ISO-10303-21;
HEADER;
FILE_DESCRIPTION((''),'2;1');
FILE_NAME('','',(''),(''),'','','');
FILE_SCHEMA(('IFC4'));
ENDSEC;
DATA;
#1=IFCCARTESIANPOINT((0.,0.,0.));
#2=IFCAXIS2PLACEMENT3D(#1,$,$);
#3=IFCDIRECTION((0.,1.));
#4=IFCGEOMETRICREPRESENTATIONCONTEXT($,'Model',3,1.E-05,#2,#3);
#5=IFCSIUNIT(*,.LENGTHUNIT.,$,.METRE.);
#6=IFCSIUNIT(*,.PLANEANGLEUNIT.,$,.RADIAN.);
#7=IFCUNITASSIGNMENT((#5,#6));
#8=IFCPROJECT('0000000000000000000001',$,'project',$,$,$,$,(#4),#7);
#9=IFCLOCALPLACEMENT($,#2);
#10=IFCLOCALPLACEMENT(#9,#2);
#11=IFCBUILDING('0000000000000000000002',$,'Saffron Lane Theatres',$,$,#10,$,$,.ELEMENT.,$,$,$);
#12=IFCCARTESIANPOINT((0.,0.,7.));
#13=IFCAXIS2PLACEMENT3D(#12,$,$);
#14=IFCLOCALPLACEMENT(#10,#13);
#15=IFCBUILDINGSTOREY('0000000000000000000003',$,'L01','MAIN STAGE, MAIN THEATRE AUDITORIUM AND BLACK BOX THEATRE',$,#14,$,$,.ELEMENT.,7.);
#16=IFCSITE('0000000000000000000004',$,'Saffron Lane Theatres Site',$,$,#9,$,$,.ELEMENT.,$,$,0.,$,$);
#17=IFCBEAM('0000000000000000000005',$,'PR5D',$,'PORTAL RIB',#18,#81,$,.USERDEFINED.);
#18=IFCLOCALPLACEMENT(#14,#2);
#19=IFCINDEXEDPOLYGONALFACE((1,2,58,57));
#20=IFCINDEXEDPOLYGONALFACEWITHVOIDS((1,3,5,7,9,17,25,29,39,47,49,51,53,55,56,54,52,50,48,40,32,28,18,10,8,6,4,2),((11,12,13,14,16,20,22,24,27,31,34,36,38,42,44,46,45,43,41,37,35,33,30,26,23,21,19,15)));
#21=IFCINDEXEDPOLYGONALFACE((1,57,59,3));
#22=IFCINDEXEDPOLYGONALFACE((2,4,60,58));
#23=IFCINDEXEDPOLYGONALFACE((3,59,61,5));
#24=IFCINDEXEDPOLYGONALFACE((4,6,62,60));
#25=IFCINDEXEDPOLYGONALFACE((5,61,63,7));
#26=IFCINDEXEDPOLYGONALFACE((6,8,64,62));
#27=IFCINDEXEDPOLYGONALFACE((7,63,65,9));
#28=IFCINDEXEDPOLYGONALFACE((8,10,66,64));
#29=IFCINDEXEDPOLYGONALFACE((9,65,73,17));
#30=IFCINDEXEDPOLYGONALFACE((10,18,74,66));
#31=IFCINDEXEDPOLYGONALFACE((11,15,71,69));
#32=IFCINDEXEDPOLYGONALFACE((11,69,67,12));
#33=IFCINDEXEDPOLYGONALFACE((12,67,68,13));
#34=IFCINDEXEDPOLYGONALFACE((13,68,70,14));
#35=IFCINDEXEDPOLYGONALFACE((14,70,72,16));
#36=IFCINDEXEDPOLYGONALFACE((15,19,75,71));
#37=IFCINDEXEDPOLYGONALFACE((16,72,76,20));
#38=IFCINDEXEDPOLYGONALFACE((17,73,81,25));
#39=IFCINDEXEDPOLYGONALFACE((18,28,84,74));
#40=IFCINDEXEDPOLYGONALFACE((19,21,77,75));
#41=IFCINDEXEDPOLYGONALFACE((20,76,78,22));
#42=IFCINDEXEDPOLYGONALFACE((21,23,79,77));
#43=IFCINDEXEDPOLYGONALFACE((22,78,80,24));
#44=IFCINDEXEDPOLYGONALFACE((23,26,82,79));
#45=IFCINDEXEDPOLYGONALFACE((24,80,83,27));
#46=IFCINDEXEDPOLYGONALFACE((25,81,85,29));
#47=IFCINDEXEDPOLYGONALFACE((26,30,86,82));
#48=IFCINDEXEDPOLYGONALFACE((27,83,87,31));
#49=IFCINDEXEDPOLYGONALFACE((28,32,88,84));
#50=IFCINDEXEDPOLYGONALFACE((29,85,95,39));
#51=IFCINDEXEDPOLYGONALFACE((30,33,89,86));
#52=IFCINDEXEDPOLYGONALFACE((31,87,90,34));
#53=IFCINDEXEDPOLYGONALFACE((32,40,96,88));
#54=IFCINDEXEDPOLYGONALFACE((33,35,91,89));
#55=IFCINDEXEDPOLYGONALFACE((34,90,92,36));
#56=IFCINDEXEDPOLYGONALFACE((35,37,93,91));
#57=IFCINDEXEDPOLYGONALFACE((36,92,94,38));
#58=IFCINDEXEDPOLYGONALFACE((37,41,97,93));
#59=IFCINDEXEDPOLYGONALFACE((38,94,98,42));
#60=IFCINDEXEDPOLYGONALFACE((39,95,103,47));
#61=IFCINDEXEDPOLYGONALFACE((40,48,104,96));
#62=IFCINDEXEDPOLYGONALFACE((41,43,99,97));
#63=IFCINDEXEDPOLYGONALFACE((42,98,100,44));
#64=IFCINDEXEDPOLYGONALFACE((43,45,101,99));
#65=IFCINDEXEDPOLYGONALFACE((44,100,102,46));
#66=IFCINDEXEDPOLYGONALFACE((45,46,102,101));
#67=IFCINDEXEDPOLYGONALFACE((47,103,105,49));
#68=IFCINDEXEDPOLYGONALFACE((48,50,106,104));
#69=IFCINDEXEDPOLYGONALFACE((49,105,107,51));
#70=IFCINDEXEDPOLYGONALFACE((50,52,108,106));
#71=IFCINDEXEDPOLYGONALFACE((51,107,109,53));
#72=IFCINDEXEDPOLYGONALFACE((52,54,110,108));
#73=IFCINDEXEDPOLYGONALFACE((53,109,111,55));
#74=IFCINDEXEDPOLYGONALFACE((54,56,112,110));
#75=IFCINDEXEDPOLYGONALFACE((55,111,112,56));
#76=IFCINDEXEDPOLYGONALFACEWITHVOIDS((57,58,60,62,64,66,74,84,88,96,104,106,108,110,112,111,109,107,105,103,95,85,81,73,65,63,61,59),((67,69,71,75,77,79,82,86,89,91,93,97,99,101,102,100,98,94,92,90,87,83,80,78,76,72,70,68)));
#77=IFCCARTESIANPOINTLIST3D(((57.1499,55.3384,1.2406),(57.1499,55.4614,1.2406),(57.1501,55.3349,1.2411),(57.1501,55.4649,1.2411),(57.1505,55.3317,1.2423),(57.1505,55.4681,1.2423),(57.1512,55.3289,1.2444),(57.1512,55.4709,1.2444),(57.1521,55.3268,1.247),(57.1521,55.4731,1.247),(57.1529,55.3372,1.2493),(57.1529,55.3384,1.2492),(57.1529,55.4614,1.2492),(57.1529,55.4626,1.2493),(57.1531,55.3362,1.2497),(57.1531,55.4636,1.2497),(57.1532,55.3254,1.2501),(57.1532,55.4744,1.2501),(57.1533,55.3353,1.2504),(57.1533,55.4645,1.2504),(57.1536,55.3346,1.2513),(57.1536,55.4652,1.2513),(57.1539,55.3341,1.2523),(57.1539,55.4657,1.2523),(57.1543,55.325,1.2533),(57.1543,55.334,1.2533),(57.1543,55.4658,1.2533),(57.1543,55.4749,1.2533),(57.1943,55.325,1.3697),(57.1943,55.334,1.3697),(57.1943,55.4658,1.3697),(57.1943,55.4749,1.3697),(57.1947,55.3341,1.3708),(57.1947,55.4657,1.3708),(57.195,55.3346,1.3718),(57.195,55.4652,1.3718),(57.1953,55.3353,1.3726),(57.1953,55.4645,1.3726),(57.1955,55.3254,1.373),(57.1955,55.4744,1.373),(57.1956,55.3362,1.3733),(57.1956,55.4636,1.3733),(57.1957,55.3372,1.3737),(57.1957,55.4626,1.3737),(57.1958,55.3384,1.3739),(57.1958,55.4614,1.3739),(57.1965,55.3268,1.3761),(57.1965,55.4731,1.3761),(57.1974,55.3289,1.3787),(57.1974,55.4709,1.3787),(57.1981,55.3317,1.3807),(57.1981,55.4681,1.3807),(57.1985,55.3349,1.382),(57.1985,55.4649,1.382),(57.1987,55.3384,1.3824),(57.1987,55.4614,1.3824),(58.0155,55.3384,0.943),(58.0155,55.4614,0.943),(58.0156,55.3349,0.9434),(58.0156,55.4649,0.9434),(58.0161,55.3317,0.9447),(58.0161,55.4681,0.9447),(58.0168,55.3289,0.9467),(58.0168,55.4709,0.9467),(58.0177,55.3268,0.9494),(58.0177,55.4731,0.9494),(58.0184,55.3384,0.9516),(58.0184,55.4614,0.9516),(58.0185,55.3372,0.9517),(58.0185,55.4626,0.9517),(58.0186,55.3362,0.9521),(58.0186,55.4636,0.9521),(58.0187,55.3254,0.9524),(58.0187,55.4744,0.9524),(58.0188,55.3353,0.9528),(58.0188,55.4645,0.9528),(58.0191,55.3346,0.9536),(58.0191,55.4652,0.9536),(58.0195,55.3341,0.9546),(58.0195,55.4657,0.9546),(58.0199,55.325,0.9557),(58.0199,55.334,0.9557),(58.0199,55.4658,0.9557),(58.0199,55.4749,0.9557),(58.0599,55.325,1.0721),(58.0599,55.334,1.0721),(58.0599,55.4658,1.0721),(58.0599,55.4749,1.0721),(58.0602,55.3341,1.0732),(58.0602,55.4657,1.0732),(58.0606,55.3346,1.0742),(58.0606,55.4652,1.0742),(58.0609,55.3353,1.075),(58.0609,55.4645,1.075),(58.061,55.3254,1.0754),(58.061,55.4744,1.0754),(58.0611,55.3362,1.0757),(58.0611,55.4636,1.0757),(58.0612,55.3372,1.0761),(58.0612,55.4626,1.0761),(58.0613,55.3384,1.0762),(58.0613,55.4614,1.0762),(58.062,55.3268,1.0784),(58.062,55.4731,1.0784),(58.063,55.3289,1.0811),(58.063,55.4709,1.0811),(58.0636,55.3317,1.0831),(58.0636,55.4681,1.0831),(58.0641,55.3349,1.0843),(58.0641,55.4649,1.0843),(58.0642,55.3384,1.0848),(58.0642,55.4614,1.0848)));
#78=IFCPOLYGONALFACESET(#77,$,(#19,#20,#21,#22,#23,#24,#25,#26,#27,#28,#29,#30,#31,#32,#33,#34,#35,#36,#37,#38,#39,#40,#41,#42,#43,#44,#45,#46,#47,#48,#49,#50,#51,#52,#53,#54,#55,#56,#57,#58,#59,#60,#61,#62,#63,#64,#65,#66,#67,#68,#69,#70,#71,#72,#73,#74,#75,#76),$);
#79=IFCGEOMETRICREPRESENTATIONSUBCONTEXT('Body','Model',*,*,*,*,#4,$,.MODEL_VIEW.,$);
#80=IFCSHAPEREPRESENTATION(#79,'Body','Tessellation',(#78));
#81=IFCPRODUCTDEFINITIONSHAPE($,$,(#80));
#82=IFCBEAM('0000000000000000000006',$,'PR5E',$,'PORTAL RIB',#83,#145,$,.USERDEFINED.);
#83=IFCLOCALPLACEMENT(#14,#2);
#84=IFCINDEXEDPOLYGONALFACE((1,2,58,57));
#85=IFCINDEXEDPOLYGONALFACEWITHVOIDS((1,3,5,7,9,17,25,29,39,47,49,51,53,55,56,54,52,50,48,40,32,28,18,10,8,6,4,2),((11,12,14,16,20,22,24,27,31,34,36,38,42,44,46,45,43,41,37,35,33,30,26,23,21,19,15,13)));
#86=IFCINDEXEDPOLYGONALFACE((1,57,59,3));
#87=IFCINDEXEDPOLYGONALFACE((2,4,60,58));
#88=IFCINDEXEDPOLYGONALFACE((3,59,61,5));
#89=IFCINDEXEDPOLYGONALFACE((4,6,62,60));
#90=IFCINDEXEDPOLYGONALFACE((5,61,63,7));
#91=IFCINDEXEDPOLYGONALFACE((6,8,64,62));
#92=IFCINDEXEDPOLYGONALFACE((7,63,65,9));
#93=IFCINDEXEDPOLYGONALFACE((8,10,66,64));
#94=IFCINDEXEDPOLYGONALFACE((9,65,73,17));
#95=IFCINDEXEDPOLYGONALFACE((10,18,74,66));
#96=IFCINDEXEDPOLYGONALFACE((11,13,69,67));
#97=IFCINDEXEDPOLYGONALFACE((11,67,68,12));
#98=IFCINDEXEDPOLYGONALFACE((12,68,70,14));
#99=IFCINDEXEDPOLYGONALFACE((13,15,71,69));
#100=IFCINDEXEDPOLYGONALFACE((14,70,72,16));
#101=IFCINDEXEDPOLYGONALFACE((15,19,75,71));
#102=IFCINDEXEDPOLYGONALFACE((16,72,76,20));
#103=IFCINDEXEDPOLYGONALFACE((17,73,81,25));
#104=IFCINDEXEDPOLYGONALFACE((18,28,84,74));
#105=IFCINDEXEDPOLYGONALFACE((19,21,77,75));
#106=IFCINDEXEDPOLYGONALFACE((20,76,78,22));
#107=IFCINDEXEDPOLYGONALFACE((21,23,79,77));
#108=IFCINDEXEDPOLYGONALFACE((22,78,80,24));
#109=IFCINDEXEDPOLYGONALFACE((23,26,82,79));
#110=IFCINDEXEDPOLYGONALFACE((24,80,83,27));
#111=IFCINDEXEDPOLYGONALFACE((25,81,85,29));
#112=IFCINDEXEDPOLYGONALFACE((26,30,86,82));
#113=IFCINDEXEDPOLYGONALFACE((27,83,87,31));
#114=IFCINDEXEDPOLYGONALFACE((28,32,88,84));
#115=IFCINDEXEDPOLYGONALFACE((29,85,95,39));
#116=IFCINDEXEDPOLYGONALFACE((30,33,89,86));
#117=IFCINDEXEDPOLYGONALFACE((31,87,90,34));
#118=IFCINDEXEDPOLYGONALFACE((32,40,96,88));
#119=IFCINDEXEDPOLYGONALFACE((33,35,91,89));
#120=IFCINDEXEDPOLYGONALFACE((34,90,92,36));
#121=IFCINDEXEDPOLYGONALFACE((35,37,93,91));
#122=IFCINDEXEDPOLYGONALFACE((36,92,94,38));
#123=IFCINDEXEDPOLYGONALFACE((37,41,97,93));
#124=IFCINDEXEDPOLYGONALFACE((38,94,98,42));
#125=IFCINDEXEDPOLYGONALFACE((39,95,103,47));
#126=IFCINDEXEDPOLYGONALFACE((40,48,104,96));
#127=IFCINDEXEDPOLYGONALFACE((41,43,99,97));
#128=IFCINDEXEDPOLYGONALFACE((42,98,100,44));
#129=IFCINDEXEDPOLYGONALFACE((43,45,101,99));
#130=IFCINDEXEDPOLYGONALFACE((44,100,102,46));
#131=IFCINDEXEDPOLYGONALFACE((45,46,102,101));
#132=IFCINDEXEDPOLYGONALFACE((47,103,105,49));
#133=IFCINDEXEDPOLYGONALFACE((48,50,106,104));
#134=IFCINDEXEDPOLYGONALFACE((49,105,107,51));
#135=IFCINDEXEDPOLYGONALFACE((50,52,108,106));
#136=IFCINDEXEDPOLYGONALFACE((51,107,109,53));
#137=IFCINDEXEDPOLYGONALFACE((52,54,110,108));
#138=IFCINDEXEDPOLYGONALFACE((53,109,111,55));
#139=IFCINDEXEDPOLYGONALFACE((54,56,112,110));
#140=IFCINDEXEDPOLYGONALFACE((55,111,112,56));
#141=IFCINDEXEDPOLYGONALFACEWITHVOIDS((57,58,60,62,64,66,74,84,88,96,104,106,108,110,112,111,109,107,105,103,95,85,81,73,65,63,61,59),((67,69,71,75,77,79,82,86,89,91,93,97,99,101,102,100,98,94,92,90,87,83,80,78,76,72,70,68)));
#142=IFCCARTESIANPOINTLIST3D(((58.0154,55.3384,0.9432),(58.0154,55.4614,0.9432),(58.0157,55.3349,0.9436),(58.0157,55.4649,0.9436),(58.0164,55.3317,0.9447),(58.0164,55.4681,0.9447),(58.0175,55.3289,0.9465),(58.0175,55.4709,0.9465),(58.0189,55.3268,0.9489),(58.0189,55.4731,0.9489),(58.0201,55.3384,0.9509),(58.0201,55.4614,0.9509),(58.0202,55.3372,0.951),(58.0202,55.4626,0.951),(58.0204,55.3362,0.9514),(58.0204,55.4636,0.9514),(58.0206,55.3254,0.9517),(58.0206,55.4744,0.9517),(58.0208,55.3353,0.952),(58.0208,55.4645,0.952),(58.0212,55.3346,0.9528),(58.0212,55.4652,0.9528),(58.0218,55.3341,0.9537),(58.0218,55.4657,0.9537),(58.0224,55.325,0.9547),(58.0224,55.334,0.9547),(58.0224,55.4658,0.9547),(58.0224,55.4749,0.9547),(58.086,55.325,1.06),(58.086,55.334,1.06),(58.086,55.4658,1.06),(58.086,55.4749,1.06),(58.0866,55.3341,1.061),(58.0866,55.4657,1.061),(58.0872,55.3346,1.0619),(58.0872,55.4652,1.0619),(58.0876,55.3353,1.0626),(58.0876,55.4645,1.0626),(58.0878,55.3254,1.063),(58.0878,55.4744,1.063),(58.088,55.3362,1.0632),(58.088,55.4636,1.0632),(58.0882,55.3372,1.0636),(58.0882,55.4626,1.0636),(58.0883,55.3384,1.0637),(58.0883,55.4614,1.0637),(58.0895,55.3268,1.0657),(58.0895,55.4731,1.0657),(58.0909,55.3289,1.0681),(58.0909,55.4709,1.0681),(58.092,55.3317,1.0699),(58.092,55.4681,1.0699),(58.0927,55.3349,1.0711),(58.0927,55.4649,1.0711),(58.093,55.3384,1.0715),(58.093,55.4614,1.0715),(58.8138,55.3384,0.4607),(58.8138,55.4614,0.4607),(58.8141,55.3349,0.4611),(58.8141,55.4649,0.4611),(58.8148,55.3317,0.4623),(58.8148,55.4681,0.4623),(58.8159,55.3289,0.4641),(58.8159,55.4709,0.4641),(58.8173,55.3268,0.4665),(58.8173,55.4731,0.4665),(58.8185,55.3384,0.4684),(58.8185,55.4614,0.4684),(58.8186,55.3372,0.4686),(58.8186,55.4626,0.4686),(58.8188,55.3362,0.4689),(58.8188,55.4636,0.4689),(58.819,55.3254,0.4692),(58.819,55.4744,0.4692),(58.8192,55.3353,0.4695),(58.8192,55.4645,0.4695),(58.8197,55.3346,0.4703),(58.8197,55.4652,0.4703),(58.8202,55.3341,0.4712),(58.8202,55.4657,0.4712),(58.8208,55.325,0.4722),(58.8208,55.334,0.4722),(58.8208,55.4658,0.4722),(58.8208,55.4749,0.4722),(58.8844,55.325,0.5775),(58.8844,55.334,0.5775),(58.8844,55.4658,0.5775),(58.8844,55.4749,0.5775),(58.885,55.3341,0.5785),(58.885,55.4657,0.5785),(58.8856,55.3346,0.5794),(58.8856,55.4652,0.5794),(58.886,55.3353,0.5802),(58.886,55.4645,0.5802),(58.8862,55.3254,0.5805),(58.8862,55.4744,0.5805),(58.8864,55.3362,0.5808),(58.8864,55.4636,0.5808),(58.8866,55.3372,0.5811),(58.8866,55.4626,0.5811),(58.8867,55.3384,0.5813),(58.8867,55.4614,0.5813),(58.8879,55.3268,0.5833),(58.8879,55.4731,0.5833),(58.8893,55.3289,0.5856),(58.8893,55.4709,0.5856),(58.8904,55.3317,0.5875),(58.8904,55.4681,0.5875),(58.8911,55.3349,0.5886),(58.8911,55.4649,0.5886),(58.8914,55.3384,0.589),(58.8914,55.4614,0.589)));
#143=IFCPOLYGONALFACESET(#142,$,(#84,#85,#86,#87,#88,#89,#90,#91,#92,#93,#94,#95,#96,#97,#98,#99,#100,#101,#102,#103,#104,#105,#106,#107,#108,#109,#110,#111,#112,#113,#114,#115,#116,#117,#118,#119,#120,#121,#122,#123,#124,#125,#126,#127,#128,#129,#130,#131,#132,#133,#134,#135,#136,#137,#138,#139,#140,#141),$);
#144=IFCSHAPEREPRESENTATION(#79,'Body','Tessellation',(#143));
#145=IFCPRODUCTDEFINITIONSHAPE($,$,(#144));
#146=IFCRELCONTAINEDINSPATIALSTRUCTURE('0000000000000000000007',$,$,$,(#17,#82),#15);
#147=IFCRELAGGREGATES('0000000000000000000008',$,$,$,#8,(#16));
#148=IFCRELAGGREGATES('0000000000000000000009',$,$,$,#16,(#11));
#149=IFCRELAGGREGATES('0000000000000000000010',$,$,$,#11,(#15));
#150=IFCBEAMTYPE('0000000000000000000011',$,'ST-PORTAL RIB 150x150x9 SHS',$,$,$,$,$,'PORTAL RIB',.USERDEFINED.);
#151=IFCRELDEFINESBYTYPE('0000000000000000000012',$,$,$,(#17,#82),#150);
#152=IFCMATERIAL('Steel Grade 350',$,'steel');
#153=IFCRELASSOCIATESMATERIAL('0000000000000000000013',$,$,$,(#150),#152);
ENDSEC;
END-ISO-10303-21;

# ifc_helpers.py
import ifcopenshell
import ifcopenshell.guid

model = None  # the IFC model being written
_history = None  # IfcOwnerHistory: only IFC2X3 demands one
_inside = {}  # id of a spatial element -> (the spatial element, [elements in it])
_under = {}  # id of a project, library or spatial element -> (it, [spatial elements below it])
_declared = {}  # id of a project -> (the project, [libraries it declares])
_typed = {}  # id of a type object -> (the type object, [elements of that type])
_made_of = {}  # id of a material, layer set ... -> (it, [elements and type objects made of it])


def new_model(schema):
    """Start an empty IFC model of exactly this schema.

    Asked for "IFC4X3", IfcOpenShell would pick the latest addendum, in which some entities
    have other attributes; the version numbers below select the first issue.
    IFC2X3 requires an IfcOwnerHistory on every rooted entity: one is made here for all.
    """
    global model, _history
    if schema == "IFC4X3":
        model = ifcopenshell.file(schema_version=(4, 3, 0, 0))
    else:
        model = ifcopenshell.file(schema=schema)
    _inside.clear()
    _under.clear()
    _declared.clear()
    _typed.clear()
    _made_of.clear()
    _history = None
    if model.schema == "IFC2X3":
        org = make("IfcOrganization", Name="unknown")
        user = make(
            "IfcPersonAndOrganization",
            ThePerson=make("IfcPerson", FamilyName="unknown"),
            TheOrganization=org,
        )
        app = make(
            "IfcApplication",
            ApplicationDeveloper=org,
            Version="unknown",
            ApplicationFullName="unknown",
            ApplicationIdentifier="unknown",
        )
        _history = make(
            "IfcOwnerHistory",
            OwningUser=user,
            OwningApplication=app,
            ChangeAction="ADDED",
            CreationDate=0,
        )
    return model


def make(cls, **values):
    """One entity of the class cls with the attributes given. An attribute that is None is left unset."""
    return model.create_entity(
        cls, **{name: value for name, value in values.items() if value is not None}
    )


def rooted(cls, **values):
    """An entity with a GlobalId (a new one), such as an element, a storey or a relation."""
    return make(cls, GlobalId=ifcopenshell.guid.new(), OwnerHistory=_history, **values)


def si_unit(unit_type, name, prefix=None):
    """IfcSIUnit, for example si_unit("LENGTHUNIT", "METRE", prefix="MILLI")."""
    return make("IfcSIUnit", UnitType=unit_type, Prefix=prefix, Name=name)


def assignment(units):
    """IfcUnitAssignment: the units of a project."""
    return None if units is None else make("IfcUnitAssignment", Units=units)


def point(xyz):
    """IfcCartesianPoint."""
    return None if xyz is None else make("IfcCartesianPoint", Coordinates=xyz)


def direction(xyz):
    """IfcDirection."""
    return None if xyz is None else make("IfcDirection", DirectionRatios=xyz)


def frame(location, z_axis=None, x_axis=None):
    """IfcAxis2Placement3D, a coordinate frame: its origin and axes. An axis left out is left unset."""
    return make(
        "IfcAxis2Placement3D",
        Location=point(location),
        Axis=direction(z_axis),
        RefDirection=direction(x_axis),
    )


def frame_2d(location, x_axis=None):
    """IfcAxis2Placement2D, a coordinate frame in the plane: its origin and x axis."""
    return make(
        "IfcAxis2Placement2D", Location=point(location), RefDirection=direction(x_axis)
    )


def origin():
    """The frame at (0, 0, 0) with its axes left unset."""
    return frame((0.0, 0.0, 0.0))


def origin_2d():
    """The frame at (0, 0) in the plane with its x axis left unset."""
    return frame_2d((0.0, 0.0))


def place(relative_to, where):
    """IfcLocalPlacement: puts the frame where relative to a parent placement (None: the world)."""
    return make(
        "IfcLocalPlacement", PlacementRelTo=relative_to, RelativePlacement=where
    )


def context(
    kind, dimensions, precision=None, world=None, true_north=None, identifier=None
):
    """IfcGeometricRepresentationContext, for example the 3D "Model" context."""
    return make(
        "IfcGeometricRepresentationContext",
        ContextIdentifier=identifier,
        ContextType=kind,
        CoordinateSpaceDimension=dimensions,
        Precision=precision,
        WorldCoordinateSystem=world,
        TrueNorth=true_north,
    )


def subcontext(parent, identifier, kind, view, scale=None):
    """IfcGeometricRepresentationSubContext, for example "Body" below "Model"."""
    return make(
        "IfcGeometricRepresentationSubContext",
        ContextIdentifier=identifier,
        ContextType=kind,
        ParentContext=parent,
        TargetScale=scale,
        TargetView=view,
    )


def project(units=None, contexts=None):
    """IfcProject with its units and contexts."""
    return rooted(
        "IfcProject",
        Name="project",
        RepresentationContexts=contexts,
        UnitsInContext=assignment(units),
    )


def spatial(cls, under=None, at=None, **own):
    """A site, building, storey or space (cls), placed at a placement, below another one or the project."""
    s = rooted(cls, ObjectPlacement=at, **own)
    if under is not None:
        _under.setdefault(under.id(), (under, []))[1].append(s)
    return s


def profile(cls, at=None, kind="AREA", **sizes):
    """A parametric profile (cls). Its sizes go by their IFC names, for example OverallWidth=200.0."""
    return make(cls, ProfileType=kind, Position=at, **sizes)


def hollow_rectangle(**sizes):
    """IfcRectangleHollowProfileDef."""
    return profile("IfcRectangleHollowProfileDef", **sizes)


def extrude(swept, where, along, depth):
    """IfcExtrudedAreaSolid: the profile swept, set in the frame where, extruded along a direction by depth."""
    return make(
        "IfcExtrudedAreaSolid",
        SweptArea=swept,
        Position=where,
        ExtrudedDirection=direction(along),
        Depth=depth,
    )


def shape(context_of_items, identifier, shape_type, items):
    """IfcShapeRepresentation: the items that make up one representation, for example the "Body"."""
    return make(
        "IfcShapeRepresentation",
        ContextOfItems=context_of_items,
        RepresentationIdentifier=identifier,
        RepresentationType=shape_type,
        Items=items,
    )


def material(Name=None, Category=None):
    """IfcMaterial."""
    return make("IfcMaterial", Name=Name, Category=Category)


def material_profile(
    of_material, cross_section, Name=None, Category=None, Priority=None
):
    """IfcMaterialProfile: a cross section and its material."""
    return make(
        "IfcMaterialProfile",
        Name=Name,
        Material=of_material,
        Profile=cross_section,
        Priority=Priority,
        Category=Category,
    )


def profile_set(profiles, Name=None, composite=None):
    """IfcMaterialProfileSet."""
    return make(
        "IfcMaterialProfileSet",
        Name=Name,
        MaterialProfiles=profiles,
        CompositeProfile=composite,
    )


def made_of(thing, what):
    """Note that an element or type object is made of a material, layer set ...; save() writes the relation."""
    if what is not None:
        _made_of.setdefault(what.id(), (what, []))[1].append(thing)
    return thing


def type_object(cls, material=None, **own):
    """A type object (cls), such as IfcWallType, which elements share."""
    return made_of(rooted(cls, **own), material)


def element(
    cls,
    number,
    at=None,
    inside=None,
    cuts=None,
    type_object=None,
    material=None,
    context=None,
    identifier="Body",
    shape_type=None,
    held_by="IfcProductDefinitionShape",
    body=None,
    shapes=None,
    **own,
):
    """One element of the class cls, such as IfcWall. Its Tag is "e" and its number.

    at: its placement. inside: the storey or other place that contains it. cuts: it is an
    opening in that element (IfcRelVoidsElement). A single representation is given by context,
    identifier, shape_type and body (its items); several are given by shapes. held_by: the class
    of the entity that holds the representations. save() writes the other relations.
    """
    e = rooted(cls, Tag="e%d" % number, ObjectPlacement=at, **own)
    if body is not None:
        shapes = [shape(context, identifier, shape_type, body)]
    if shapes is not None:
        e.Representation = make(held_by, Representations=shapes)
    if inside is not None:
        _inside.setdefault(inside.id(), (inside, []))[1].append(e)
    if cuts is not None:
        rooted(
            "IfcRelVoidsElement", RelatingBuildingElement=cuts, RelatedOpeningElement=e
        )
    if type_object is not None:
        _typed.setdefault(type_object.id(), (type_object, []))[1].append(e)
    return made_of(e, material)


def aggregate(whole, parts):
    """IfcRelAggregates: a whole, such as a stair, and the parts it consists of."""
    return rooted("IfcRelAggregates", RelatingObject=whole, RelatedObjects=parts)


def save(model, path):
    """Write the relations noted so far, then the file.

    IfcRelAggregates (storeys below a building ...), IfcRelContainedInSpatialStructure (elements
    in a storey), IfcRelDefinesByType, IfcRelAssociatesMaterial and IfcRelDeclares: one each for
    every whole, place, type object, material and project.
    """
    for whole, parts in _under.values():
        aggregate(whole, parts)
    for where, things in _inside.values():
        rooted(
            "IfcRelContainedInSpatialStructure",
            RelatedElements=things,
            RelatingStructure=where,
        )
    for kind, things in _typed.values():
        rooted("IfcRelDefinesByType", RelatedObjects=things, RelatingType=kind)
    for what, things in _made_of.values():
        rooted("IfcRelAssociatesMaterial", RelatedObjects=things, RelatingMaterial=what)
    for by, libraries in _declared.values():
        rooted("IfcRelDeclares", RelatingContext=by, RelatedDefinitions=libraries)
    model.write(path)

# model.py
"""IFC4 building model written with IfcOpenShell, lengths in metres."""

from ifc_helpers import new_model, si_unit, direction, frame, origin, origin_2d, place, context, subcontext, project, spatial, hollow_rectangle, extrude, material, material_profile, profile_set, type_object, element, save


model = new_model("IFC4")

# Units and contexts
model_context = context("Model", 3, precision=1e-05, world=origin(), true_north=direction((0.0, 1.0)))
body_context = subcontext(model_context, "Body", "Model", "MODEL_VIEW")
ifc_project = project(units=[si_unit("LENGTHUNIT", "METRE"), si_unit("PLANEANGLEUNIT", "RADIAN")], contexts=[model_context])

# Site, building, storey
site_placement = place(None, origin())
site = spatial("IfcSite", under=ifc_project, at=site_placement, Name="Saffron Lane Theatres Site", CompositionType="ELEMENT", RefElevation=0.0)
building_placement = place(site_placement, origin())
building = spatial("IfcBuilding", under=site, at=building_placement, Name="Saffron Lane Theatres", CompositionType="ELEMENT")
storey_placement = place(building_placement, frame((0.0, 0.0, 7.0)))
storey = spatial("IfcBuildingStorey", under=building, at=storey_placement, Name="L01", Description="MAIN STAGE, MAIN THEATRE AUDITORIUM AND BLACK BOX THEATRE", CompositionType="ELEMENT", Elevation=7.0)

# Beams
ifc_material_1 = material(Name="Steel Grade 350", Category="steel")
ifc_material_profile_1 = material_profile(ifc_material_1, hollow_rectangle(XDim=0.1499, YDim=0.1499, WallThickness=0.009, InnerFilletRadius=0.0044, OuterFilletRadius=0.0134, at=origin_2d()))
ifc_profile_set_1 = profile_set([ifc_material_profile_1], Name="Steel Grade 350")
beam_type = type_object("IfcBeamType", Name="ST-PORTAL RIB 150x150x9 SHS", ElementType="PORTAL RIB", PredefinedType="USERDEFINED", material=ifc_profile_set_1)
beam_1_placement = place(storey_placement, frame((57.1743, 55.3999, 1.3115), z_axis=(0.945653, 0.0, -0.325177), x_axis=(0.0, 1.0, 0.0)))
element("IfcBeam", 1, at=beam_1_placement, inside=storey, type_object=beam_type, Name="PR5D", ObjectType="PORTAL RIB", PredefinedType="USERDEFINED", context=body_context, shape_type="SweptSolid", body=[
    extrude(hollow_rectangle(XDim=0.1499, YDim=0.1499, WallThickness=0.009, InnerFilletRadius=0.0044, OuterFilletRadius=0.0134, at=origin_2d()), origin(), (0.0, 0.0, 1.0), 0.9153),
])
beam_2_placement = place(storey_placement, frame((58.0542, 55.3999, 1.0073), z_axis=(0.855872, 0.0, -0.517188), x_axis=(0.0, 1.0, 0.0)))
element("IfcBeam", 2, at=beam_2_placement, inside=storey, type_object=beam_type, Name="PR5E", ObjectType="PORTAL RIB", PredefinedType="USERDEFINED", context=body_context, shape_type="SweptSolid", body=[
    extrude(hollow_rectangle(XDim=0.1499, YDim=0.1499, WallThickness=0.009, InnerFilletRadius=0.0044, OuterFilletRadius=0.0134, at=origin_2d()), origin(), (0.0, 0.0, 1.0), 0.9329),
])

save(model, "model.ifc")
